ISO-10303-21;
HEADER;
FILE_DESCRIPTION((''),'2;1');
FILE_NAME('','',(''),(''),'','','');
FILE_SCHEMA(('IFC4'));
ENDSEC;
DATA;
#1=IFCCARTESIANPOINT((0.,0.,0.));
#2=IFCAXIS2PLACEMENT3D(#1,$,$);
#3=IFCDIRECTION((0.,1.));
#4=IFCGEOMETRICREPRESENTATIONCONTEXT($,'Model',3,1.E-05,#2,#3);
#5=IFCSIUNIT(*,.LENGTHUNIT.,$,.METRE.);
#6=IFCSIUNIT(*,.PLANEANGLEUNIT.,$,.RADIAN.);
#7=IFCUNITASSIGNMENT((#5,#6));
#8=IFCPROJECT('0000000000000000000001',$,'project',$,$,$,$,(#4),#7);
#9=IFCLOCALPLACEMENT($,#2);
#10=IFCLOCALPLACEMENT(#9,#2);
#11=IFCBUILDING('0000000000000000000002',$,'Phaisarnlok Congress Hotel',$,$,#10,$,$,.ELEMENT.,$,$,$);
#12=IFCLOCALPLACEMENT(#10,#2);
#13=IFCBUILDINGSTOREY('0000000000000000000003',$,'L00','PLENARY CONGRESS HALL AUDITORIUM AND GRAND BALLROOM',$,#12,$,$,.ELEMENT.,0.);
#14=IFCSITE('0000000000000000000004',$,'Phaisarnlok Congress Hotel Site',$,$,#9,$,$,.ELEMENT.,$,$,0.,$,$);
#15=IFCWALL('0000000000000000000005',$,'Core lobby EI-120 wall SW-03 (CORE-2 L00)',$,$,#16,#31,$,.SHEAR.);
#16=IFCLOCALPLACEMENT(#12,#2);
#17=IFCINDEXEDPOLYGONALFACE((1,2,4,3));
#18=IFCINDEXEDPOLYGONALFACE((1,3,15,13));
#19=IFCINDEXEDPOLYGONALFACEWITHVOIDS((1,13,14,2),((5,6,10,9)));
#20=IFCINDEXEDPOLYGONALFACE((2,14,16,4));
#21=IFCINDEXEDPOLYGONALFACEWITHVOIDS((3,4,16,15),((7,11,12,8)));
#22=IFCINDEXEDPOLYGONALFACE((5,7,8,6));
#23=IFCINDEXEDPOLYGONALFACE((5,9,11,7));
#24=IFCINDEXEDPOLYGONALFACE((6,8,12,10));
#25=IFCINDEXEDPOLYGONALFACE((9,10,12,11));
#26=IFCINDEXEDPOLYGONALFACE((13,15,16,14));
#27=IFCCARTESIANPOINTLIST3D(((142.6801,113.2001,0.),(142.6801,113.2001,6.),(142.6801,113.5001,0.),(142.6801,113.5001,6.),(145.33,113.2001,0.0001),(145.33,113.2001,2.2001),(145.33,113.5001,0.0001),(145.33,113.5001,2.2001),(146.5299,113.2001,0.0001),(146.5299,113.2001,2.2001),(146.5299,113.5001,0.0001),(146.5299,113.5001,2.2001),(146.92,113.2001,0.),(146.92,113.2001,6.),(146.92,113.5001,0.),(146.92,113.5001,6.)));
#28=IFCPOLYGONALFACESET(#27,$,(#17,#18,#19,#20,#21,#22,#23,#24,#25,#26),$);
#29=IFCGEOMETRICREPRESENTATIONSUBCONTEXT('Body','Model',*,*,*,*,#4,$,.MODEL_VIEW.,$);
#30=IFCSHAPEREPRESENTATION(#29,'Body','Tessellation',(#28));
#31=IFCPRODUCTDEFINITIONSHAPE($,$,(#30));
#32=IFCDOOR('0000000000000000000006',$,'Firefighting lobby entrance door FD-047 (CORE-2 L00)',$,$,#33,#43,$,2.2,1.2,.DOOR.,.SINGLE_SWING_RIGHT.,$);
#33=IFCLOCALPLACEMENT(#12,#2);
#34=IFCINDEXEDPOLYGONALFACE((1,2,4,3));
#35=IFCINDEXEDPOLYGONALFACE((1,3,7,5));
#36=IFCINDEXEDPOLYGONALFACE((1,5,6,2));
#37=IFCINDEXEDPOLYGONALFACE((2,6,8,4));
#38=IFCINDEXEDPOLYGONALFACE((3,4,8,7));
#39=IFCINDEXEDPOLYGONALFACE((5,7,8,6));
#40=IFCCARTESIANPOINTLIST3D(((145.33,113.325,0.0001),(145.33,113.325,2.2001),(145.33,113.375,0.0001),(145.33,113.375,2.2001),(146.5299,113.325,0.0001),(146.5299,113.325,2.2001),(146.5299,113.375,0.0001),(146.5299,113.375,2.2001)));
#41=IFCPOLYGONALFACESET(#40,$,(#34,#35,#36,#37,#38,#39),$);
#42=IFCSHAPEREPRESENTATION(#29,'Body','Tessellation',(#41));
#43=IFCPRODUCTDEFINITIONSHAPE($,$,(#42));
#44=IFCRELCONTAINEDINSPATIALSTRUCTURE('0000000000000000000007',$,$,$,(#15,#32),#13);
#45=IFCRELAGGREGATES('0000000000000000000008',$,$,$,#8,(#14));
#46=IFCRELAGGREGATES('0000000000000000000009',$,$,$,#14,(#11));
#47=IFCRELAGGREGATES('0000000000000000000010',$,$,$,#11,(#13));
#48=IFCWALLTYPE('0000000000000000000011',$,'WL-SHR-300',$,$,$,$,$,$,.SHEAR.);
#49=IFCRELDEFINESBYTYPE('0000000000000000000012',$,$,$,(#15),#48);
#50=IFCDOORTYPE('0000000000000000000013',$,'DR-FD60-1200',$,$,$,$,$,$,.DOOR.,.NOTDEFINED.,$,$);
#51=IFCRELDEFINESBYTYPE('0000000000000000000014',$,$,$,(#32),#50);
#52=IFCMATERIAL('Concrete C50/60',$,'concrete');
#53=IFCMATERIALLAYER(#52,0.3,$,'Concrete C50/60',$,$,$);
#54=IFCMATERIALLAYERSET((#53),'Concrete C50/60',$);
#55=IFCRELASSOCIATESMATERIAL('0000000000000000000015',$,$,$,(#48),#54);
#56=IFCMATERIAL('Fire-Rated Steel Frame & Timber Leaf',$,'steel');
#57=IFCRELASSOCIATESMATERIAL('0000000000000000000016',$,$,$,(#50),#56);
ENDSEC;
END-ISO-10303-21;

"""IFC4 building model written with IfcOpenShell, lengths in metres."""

from ifc_helpers import new_model, si_unit, direction, frame, frame_2d, origin, place, context, subcontext, project, spatial, rectangle, extrude, material, layer, layer_set, type_object, element, fill, save


model = new_model("IFC4")

# Units and contexts
model_context = context("Model", 3, precision=1e-05, world=origin(), true_north=direction((0.0, 1.0)))
body_context = subcontext(model_context, "Body", "Model", "MODEL_VIEW")
ifc_project = project(units=[si_unit("LENGTHUNIT", "METRE"), si_unit("PLANEANGLEUNIT", "RADIAN")], contexts=[model_context])

# Site, building, storey
site_placement = place(None, origin())
site = spatial("IfcSite", under=ifc_project, at=site_placement, Name="Phaisarnlok Congress Hotel Site", CompositionType="ELEMENT", RefElevation=0.0)
building_placement = place(site_placement, origin())
building = spatial("IfcBuilding", under=site, at=building_placement, Name="Phaisarnlok Congress Hotel", CompositionType="ELEMENT")
storey_placement = place(building_placement, origin())
storey = spatial("IfcBuildingStorey", under=building, at=storey_placement, Name="L00", Description="PLENARY CONGRESS HALL AUDITORIUM AND GRAND BALLROOM", CompositionType="ELEMENT", Elevation=0.0)

# Shared definitions
ifc_material_1 = material(Name="Concrete C50/60", Category="concrete")

# Wall, opening, door
ifc_layer_1 = layer(ifc_material_1, 0.3, Name="Concrete C50/60")
ifc_layer_set_1 = layer_set([ifc_layer_1], Name="Concrete C50/60")
wall_type_1 = type_object("IfcWallType", Name="WL-SHR-300", PredefinedType="SHEAR", material=ifc_layer_set_1)
wall_1_placement = place(storey_placement, frame((142.6799, 113.3501, 0.0), z_axis=(0.0, 0.0, 1.0), x_axis=(1.0, 0.0, 0.0)))
wall_1 = element("IfcWall", 1, at=wall_1_placement, inside=storey, type_object=wall_type_1, Name="Core lobby EI-120 wall SW-03 (CORE-2 L00)", PredefinedType="SHEAR", context=body_context, shape_type="SweptSolid", body=[
    extrude(rectangle(XDim=4.24, YDim=0.3, at=frame_2d((2.1201, 0.0))), origin(), (0.0, 0.0, 1.0), 6.0),
])
opening_1_placement = place(wall_1_placement, frame((2.6499, 0.0, 0.0)))
opening_1 = element("IfcOpeningElement", 2, at=opening_1_placement, cuts=wall_1, PredefinedType="OPENING", context=body_context, shape_type="SweptSolid", body=[
    extrude(rectangle(XDim=1.2, YDim=2.2, at=frame_2d((0.6001, 1.1001))), frame((0.0, 0.1602, 0.0), z_axis=(0.0, -1.0, 0.0), x_axis=(1.0, 0.0, 0.0)), (0.0, 0.0, 1.0), 0.3201),
])
ifc_material_2 = material(Name="Fire-Rated Steel Frame & Timber Leaf", Category="steel")
door_type_1 = type_object("IfcDoorType", Name="DR-FD60-1200", OperationType="NOTDEFINED", PredefinedType="DOOR", material=ifc_material_2)
door_1_placement = place(opening_1_placement, origin())
door_1 = element("IfcDoor", 3, at=door_1_placement, inside=storey, type_object=door_type_1, Name="Firefighting lobby entrance door FD-047 (CORE-2 L00)", OperationType="SINGLE_SWING_RIGHT", OverallHeight=2.2, OverallWidth=1.2, PredefinedType="DOOR", context=body_context, shape_type="SweptSolid", body=[
    extrude(rectangle(XDim=1.2, YDim=2.2, at=frame_2d((0.6001, 1.1001))), frame((0.0, 0.0249, 0.0), z_axis=(0.0, -1.0, 0.0), x_axis=(1.0, 0.0, 0.0)), (0.0, 0.0, 1.0), 0.05),
])
fill(opening_1, door_1)

save(model, "model.ifc")
